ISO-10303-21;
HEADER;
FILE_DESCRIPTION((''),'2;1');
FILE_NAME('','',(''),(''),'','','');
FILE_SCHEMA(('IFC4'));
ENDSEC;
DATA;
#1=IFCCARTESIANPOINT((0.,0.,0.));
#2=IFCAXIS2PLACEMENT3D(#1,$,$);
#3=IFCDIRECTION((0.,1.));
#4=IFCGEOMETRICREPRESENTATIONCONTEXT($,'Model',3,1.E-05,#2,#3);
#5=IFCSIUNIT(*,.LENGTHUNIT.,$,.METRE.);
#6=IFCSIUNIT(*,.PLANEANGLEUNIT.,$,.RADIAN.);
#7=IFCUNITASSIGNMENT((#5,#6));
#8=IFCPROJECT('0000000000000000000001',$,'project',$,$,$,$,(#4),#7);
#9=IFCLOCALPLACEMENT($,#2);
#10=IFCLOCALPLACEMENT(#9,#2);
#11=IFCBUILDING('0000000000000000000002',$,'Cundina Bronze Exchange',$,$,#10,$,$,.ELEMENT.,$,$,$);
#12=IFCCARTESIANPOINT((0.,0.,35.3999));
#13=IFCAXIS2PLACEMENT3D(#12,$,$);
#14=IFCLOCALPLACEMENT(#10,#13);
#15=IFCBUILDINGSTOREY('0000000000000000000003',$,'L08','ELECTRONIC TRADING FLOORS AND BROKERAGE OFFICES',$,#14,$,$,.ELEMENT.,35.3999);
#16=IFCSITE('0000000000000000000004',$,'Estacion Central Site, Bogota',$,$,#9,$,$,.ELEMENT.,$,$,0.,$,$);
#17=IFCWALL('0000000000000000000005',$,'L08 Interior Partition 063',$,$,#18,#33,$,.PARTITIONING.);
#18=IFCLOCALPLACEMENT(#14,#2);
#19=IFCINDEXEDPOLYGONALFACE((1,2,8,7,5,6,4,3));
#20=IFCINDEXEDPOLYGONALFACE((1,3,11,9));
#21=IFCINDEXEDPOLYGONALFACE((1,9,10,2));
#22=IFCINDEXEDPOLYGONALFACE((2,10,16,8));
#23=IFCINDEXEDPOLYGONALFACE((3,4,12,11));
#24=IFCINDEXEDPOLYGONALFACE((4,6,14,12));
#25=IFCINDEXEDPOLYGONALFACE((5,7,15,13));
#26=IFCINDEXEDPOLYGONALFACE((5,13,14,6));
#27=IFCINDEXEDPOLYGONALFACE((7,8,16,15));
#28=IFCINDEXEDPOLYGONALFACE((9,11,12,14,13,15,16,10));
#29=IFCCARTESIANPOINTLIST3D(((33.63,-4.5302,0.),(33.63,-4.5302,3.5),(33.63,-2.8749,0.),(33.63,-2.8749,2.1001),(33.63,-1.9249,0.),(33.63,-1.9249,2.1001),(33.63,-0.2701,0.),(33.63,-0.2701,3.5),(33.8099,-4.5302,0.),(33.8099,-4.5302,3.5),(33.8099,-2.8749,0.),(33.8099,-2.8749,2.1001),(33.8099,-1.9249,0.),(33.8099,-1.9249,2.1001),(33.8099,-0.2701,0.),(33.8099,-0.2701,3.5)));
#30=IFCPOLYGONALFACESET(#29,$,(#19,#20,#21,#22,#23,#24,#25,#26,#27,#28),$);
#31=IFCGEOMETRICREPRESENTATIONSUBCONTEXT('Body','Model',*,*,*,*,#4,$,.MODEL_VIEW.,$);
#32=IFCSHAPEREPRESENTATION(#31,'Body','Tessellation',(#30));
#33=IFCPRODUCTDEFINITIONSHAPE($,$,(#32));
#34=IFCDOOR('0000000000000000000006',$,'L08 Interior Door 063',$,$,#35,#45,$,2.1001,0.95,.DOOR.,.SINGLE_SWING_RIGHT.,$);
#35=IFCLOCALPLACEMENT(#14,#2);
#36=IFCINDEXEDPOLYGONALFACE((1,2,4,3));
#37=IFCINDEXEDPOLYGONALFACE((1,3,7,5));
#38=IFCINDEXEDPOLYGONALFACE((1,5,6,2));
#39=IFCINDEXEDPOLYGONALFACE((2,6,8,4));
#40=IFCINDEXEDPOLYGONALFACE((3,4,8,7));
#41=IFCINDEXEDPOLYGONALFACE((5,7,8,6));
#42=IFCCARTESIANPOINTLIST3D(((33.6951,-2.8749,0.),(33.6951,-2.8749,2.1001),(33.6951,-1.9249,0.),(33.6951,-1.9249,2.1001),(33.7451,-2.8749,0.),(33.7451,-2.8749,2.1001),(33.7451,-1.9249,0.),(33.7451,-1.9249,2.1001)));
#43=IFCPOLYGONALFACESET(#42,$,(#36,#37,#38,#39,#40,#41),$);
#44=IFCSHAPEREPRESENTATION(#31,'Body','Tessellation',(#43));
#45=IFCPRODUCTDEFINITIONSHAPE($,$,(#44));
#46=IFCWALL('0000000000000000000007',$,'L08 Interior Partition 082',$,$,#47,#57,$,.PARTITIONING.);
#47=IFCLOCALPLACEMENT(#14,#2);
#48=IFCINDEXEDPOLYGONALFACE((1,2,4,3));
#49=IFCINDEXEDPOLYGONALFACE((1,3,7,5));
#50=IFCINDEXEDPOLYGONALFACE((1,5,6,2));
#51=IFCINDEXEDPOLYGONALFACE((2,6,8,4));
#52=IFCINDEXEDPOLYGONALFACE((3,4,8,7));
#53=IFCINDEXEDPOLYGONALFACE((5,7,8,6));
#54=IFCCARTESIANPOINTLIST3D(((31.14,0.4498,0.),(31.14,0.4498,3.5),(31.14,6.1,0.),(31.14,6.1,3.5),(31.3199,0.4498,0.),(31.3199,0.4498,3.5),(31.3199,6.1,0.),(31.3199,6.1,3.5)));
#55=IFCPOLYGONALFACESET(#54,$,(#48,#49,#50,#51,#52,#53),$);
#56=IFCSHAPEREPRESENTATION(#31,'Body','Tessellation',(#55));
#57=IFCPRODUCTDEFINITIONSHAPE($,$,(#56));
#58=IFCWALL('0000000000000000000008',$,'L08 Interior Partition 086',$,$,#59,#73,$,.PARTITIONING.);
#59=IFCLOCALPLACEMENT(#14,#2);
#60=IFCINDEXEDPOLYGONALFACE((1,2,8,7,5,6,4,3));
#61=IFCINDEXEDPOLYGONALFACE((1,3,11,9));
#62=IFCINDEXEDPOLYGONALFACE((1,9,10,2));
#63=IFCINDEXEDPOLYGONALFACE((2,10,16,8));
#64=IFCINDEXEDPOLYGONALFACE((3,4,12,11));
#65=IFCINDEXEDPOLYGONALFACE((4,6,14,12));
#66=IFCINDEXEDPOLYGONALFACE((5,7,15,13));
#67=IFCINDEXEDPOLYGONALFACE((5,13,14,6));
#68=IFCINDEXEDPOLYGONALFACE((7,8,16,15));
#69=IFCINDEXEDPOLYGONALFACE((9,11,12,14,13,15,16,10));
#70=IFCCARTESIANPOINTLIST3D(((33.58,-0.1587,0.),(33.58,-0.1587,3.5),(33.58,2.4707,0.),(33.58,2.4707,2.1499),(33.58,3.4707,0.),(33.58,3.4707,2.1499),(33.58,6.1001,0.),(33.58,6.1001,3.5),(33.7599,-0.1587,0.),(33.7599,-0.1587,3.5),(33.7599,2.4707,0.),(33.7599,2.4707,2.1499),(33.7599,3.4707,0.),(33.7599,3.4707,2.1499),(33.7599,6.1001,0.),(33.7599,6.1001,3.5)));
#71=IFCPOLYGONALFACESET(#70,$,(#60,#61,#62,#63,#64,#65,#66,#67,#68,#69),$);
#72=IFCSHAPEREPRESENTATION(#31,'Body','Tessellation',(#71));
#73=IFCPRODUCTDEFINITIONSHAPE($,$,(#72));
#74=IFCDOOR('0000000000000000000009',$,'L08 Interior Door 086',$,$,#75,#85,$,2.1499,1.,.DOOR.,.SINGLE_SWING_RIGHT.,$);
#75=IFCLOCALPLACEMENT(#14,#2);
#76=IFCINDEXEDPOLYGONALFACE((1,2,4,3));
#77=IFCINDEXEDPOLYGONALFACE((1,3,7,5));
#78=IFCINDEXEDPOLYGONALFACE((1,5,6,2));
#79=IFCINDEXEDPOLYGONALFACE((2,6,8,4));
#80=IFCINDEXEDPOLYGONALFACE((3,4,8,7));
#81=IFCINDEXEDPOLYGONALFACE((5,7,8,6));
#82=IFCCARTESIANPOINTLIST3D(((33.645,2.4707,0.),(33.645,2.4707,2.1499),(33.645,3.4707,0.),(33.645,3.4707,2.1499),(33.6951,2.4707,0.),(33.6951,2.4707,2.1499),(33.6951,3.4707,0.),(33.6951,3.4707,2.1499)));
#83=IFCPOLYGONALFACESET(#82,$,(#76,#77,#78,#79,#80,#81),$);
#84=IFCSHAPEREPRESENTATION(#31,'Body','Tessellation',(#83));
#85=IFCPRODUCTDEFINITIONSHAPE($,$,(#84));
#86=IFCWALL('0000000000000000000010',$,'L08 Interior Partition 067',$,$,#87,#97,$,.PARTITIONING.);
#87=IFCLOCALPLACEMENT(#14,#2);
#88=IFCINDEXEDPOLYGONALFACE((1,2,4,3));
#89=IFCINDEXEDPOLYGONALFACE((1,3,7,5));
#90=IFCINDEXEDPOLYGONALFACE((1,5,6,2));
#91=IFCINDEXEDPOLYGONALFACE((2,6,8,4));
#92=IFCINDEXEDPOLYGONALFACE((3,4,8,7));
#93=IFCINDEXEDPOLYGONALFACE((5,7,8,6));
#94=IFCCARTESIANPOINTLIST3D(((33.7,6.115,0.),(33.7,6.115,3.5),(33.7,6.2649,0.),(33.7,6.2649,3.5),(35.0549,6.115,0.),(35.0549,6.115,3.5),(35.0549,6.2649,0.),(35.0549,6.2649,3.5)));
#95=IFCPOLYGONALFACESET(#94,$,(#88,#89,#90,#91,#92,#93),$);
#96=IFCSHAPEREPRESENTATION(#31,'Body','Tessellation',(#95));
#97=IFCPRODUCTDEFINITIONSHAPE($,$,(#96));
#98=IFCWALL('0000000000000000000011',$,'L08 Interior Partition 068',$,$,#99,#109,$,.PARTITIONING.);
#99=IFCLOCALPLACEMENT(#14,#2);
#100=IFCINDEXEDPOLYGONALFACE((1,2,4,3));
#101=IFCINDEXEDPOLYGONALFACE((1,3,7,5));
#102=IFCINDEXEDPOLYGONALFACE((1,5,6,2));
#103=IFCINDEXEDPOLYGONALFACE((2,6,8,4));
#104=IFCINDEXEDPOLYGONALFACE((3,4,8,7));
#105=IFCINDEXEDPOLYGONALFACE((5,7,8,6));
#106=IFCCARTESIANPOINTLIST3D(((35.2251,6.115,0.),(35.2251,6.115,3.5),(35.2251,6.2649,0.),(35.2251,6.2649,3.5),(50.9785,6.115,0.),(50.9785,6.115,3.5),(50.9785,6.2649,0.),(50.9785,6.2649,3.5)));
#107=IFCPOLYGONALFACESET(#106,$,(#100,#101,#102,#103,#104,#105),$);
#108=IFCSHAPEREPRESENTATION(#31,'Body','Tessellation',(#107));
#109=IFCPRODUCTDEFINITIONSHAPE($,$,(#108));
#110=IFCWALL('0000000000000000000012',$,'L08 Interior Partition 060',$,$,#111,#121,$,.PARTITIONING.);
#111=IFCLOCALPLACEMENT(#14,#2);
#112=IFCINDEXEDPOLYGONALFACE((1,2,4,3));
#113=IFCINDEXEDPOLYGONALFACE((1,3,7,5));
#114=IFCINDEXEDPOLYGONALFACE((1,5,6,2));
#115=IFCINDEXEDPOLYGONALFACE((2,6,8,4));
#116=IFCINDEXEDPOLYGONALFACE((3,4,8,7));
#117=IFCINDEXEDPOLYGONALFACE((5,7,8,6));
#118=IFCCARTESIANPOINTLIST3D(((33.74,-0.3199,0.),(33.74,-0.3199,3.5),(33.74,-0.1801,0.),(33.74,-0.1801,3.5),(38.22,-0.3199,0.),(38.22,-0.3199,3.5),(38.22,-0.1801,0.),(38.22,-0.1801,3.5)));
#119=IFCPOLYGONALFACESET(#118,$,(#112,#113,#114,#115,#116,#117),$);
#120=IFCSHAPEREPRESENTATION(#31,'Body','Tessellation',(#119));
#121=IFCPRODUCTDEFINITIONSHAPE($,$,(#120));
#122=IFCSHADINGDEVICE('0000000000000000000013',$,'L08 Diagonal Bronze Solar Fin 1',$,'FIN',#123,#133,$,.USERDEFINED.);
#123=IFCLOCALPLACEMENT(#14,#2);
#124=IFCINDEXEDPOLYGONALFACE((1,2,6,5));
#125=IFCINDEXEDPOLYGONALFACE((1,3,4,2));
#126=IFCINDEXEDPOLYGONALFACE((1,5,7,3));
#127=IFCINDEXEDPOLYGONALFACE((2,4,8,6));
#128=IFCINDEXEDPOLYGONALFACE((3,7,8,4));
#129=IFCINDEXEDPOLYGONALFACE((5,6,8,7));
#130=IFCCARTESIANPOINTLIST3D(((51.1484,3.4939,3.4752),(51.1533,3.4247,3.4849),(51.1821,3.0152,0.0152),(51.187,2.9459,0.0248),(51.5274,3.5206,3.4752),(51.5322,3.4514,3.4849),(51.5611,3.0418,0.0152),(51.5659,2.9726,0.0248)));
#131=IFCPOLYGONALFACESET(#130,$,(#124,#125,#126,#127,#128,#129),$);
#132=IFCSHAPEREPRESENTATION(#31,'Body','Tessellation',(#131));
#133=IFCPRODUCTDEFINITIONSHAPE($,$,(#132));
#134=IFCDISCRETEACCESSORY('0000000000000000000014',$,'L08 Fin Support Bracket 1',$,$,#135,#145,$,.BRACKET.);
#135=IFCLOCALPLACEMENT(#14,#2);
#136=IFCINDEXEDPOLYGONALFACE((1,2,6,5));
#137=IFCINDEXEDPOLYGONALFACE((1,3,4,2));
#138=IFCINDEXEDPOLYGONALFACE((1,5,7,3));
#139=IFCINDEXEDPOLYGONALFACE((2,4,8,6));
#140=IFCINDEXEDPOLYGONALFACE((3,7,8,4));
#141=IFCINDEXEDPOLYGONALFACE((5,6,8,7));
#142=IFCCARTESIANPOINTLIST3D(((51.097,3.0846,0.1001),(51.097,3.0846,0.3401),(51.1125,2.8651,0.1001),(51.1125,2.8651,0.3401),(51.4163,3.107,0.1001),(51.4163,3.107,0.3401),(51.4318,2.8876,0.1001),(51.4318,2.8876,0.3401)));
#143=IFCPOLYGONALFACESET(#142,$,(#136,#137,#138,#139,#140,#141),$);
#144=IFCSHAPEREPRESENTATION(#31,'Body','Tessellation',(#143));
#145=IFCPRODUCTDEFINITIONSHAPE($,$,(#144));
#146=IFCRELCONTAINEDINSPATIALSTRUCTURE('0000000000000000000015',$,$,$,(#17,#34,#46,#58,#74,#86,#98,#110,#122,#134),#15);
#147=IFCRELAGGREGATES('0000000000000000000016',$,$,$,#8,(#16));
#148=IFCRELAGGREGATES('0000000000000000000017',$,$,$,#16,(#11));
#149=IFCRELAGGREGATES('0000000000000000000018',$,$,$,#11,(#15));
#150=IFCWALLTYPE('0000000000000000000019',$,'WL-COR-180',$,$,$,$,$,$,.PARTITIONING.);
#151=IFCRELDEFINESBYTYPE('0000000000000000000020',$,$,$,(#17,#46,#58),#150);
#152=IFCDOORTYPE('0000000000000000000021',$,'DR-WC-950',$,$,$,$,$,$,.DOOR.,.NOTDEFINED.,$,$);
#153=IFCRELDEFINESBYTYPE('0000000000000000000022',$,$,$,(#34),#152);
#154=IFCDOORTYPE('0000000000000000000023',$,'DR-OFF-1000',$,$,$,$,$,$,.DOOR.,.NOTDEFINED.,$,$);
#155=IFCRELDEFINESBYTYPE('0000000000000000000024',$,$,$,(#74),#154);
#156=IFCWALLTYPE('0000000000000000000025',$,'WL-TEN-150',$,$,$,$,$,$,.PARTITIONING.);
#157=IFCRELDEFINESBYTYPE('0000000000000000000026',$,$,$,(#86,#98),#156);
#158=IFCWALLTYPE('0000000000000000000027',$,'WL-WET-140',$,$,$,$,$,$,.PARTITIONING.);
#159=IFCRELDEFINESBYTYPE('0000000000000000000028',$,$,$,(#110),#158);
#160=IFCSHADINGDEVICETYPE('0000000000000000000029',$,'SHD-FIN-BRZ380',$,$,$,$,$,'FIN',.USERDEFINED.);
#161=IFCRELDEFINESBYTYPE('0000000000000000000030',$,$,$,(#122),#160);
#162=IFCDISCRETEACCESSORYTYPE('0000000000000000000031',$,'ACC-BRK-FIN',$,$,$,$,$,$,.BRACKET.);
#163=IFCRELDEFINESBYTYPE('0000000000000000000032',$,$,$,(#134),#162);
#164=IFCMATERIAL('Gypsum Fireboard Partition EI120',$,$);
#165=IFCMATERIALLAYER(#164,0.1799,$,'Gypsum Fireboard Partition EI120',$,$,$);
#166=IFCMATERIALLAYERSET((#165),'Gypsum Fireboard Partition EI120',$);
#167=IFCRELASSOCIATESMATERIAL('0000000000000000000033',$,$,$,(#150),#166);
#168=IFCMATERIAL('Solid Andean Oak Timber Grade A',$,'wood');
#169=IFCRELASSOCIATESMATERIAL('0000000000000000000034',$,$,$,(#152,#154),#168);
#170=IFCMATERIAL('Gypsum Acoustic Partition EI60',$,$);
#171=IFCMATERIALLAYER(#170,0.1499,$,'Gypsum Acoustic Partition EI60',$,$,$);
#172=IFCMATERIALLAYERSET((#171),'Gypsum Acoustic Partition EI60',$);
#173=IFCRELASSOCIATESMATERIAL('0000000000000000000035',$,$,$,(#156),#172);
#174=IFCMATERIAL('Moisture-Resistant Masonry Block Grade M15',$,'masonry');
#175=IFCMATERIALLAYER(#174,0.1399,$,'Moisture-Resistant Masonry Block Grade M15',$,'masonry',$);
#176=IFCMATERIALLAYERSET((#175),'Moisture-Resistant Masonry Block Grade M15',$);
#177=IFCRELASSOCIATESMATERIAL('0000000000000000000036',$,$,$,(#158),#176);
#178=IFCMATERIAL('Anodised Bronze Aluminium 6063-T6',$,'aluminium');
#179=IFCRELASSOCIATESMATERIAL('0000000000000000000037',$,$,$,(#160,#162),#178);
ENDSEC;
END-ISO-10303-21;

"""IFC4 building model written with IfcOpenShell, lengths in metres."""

from ifc_helpers import new_model, si_unit, direction, frame, frame_2d, origin, origin_2d, place, context, subcontext, project, spatial, rectangle, extrude, material, layer, layer_set, material_profile, profile_set, type_object, element, fill, save


model = new_model("IFC4")

# Units and contexts
model_context = context("Model", 3, precision=1e-05, world=origin(), true_north=direction((0.0, 1.0)))
body_context = subcontext(model_context, "Body", "Model", "MODEL_VIEW")
ifc_project = project(units=[si_unit("LENGTHUNIT", "METRE"), si_unit("PLANEANGLEUNIT", "RADIAN")], contexts=[model_context])

# Site, building, storey
site_placement = place(None, origin())
site = spatial("IfcSite", under=ifc_project, at=site_placement, Name="Estacion Central Site, Bogota", CompositionType="ELEMENT", RefElevation=0.0)
building_placement = place(site_placement, origin())
building = spatial("IfcBuilding", under=site, at=building_placement, Name="Cundina Bronze Exchange", CompositionType="ELEMENT")
storey_placement = place(building_placement, frame((0.0, 0.0, 35.3999)))
storey = spatial("IfcBuildingStorey", under=building, at=storey_placement, Name="L08", Description="ELECTRONIC TRADING FLOORS AND BROKERAGE OFFICES", CompositionType="ELEMENT", Elevation=35.3999)

# Shared definitions
ifc_material_1 = material(Name="Anodised Bronze Aluminium 6063-T6", Category="aluminium")

# Wall, opening, door
ifc_material_2 = material(Name="Gypsum Fireboard Partition EI120")
ifc_layer_1 = layer(ifc_material_2, 0.1799, Name="Gypsum Fireboard Partition EI120")
ifc_layer_set_1 = layer_set([ifc_layer_1], Name="Gypsum Fireboard Partition EI120")
wall_type_1 = type_object("IfcWallType", Name="WL-COR-180", PredefinedType="PARTITIONING", material=ifc_layer_set_1)
wall_1_placement = place(storey_placement, frame((33.72, -4.53, 0.0), z_axis=(0.0, 0.0, 1.0), x_axis=(0.0, 1.0, 0.0)))
wall_1 = element("IfcWall", 1, at=wall_1_placement, inside=storey, type_object=wall_type_1, Name="L08 Interior Partition 063", PredefinedType="PARTITIONING", context=body_context, shape_type="SweptSolid", body=[
    extrude(rectangle(XDim=4.26, YDim=0.1799, at=frame_2d((2.1299, 0.0))), origin(), (0.0, 0.0, 1.0), 3.5),
])
opening_1_placement = place(wall_1_placement, frame((1.655, 0.0, 0.0)))
opening_1 = element("IfcOpeningElement", 2, at=opening_1_placement, cuts=wall_1, PredefinedType="OPENING", context=body_context, shape_type="SweptSolid", body=[
    extrude(rectangle(XDim=0.95, YDim=2.1001, at=frame_2d((0.4751, 1.05))), frame((0.0, 0.0999, 0.0), z_axis=(0.0, -1.0, 0.0), x_axis=(1.0, 0.0, 0.0)), (0.0, 0.0, 1.0), 0.2),
])
ifc_material_3 = material(Name="Solid Andean Oak Timber Grade A", Category="wood")
door_type_1 = type_object("IfcDoorType", Name="DR-WC-950", OperationType="NOTDEFINED", PredefinedType="DOOR", material=ifc_material_3)
door_1_placement = place(opening_1_placement, origin())
door_1 = element("IfcDoor", 3, at=door_1_placement, inside=storey, type_object=door_type_1, Name="L08 Interior Door 063", OperationType="SINGLE_SWING_RIGHT", OverallHeight=2.1001, OverallWidth=0.95, PredefinedType="DOOR", context=body_context, shape_type="SweptSolid", body=[
    extrude(rectangle(XDim=0.95, YDim=2.1001, at=frame_2d((0.4751, 1.05))), frame((0.0, 0.0249, 0.0), z_axis=(0.0, -1.0, 0.0), x_axis=(1.0, 0.0, 0.0)), (0.0, 0.0, 1.0), 0.05),
])
fill(opening_1, door_1)

# Wall
wall_2_placement = place(storey_placement, frame((31.23, 6.1001, 0.0), z_axis=(0.0, 0.0, 1.0), x_axis=(0.0, -1.0, 0.0)))
element("IfcWall", 4, at=wall_2_placement, inside=storey, type_object=wall_type_1, Name="L08 Interior Partition 082", PredefinedType="PARTITIONING", context=body_context, shape_type="SweptSolid", body=[
    extrude(rectangle(XDim=5.6501, YDim=0.1799, at=frame_2d((2.8252, 0.0))), origin(), (0.0, 0.0, 1.0), 3.5),
])

# Wall, opening, door
wall_3_placement = place(storey_placement, frame((33.6699, -0.1587, 0.0), z_axis=(0.0, 0.0, 1.0), x_axis=(0.0, 1.0, 0.0)))
wall_3 = element("IfcWall", 5, at=wall_3_placement, inside=storey, type_object=wall_type_1, Name="L08 Interior Partition 086", PredefinedType="PARTITIONING", context=body_context, shape_type="SweptSolid", body=[
    extrude(rectangle(XDim=6.2588, YDim=0.1799, at=frame_2d((3.1294, 0.0))), origin(), (0.0, 0.0, 1.0), 3.5),
])
opening_2_placement = place(wall_3_placement, frame((2.6294, 0.0, 0.0)))
opening_2 = element("IfcOpeningElement", 6, at=opening_2_placement, cuts=wall_3, PredefinedType="OPENING", context=body_context, shape_type="SweptSolid", body=[
    extrude(rectangle(XDim=1.0, YDim=2.1499, at=frame_2d((0.5, 1.075))), frame((0.0, 0.0999, 0.0), z_axis=(0.0, -1.0, 0.0), x_axis=(1.0, 0.0, 0.0)), (0.0, 0.0, 1.0), 0.2),
])
door_type_2 = type_object("IfcDoorType", Name="DR-OFF-1000", OperationType="NOTDEFINED", PredefinedType="DOOR", material=ifc_material_3)
door_2_placement = place(opening_2_placement, origin())
door_2 = element("IfcDoor", 7, at=door_2_placement, inside=storey, type_object=door_type_2, Name="L08 Interior Door 086", OperationType="SINGLE_SWING_RIGHT", OverallHeight=2.1499, OverallWidth=1.0, PredefinedType="DOOR", context=body_context, shape_type="SweptSolid", body=[
    extrude(rectangle(XDim=1.0, YDim=2.1499, at=frame_2d((0.5, 1.075))), frame((0.0, 0.0249, 0.0), z_axis=(0.0, -1.0, 0.0), x_axis=(1.0, 0.0, 0.0)), (0.0, 0.0, 1.0), 0.05),
])
fill(opening_2, door_2)

# Walls
ifc_material_4 = material(Name="Gypsum Acoustic Partition EI60")
ifc_layer_2 = layer(ifc_material_4, 0.1499, Name="Gypsum Acoustic Partition EI60")
ifc_layer_set_2 = layer_set([ifc_layer_2], Name="Gypsum Acoustic Partition EI60")
wall_type_2 = type_object("IfcWallType", Name="WL-TEN-150", PredefinedType="PARTITIONING", material=ifc_layer_set_2)
wall_4_placement = place(storey_placement, frame((33.7, 6.1899, 0.0), z_axis=(0.0, 0.0, 1.0), x_axis=(1.0, 0.0, 0.0)))
element("IfcWall", 8, at=wall_4_placement, inside=storey, type_object=wall_type_2, Name="L08 Interior Partition 067", PredefinedType="PARTITIONING", context=body_context, shape_type="SweptSolid", body=[
    extrude(rectangle(XDim=1.355, YDim=0.1499, at=frame_2d((0.6775, 0.0))), origin(), (0.0, 0.0, 1.0), 3.5),
])
wall_5_placement = place(storey_placement, frame((35.2251, 6.1899, 0.0), z_axis=(0.0, 0.0, 1.0), x_axis=(1.0, 0.0, 0.0)))
element("IfcWall", 9, at=wall_5_placement, inside=storey, type_object=wall_type_2, Name="L08 Interior Partition 068", PredefinedType="PARTITIONING", context=body_context, shape_type="SweptSolid", body=[
    extrude(rectangle(XDim=15.7534, YDim=0.1499, at=frame_2d((7.8767, 0.0))), origin(), (0.0, 0.0, 1.0), 3.5),
])
ifc_material_5 = material(Name="Moisture-Resistant Masonry Block Grade M15", Category="masonry")
ifc_layer_3 = layer(ifc_material_5, 0.1399, Name="Moisture-Resistant Masonry Block Grade M15", Category="masonry")
ifc_layer_set_3 = layer_set([ifc_layer_3], Name="Moisture-Resistant Masonry Block Grade M15")
wall_type_3 = type_object("IfcWallType", Name="WL-WET-140", PredefinedType="PARTITIONING", material=ifc_layer_set_3)
wall_6_placement = place(storey_placement, frame((33.74, -0.25, 0.0), z_axis=(0.0, 0.0, 1.0), x_axis=(1.0, 0.0, 0.0)))
element("IfcWall", 10, at=wall_6_placement, inside=storey, type_object=wall_type_3, Name="L08 Interior Partition 060", PredefinedType="PARTITIONING", context=body_context, shape_type="SweptSolid", body=[
    extrude(rectangle(XDim=4.48, YDim=0.1399, at=frame_2d((2.24, 0.0))), origin(), (0.0, 0.0, 1.0), 3.5),
])

# Shading device
ifc_material_profile_1 = material_profile(ifc_material_1, rectangle(XDim=0.0701, YDim=0.3799, at=origin_2d()), Name="FIN70X380", Category="aluminium")
ifc_profile_set_1 = profile_set([ifc_material_profile_1], Name="Anodised Bronze Aluminium 6063-T6")
shading_device_type = type_object("IfcShadingDeviceType", Name="SHD-FIN-BRZ380", ElementType="FIN", PredefinedType="USERDEFINED", material=ifc_profile_set_1)
shading_device_placement = place(storey_placement, frame((51.374, 2.9939, 0.02), z_axis=(-0.009645, 0.137059, 0.990516), x_axis=(0.069533, -0.988072, 0.137398)))
element("IfcShadingDevice", 11, at=shading_device_placement, inside=storey, type_object=shading_device_type, Name="L08 Diagonal Bronze Solar Fin 1", ObjectType="FIN", PredefinedType="USERDEFINED", context=body_context, shape_type="SweptSolid", body=[
    extrude(rectangle(XDim=0.0701, YDim=0.3799, at=origin_2d()), origin(), (0.0, 0.0, 1.0), 3.4932),
])

# Discrete accessory
discrete_accessory_type = type_object("IfcDiscreteAccessoryType", Name="ACC-BRK-FIN", PredefinedType="BRACKET", material=ifc_material_1)
discrete_accessory_placement = place(storey_placement, frame((51.2644, 2.9861, 0.1001), z_axis=(0.0, 0.0, 1.0), x_axis=(-0.070279, 0.997527, 0.0)))
element("IfcDiscreteAccessory", 12, at=discrete_accessory_placement, inside=storey, type_object=discrete_accessory_type, Name="L08 Fin Support Bracket 1", PredefinedType="BRACKET", context=body_context, shape_type="SweptSolid", body=[
    extrude(rectangle(XDim=0.22, YDim=0.3201, at=origin_2d()), origin(), (0.0, 0.0, 1.0), 0.24),
])

save(model, "model.ifc")
